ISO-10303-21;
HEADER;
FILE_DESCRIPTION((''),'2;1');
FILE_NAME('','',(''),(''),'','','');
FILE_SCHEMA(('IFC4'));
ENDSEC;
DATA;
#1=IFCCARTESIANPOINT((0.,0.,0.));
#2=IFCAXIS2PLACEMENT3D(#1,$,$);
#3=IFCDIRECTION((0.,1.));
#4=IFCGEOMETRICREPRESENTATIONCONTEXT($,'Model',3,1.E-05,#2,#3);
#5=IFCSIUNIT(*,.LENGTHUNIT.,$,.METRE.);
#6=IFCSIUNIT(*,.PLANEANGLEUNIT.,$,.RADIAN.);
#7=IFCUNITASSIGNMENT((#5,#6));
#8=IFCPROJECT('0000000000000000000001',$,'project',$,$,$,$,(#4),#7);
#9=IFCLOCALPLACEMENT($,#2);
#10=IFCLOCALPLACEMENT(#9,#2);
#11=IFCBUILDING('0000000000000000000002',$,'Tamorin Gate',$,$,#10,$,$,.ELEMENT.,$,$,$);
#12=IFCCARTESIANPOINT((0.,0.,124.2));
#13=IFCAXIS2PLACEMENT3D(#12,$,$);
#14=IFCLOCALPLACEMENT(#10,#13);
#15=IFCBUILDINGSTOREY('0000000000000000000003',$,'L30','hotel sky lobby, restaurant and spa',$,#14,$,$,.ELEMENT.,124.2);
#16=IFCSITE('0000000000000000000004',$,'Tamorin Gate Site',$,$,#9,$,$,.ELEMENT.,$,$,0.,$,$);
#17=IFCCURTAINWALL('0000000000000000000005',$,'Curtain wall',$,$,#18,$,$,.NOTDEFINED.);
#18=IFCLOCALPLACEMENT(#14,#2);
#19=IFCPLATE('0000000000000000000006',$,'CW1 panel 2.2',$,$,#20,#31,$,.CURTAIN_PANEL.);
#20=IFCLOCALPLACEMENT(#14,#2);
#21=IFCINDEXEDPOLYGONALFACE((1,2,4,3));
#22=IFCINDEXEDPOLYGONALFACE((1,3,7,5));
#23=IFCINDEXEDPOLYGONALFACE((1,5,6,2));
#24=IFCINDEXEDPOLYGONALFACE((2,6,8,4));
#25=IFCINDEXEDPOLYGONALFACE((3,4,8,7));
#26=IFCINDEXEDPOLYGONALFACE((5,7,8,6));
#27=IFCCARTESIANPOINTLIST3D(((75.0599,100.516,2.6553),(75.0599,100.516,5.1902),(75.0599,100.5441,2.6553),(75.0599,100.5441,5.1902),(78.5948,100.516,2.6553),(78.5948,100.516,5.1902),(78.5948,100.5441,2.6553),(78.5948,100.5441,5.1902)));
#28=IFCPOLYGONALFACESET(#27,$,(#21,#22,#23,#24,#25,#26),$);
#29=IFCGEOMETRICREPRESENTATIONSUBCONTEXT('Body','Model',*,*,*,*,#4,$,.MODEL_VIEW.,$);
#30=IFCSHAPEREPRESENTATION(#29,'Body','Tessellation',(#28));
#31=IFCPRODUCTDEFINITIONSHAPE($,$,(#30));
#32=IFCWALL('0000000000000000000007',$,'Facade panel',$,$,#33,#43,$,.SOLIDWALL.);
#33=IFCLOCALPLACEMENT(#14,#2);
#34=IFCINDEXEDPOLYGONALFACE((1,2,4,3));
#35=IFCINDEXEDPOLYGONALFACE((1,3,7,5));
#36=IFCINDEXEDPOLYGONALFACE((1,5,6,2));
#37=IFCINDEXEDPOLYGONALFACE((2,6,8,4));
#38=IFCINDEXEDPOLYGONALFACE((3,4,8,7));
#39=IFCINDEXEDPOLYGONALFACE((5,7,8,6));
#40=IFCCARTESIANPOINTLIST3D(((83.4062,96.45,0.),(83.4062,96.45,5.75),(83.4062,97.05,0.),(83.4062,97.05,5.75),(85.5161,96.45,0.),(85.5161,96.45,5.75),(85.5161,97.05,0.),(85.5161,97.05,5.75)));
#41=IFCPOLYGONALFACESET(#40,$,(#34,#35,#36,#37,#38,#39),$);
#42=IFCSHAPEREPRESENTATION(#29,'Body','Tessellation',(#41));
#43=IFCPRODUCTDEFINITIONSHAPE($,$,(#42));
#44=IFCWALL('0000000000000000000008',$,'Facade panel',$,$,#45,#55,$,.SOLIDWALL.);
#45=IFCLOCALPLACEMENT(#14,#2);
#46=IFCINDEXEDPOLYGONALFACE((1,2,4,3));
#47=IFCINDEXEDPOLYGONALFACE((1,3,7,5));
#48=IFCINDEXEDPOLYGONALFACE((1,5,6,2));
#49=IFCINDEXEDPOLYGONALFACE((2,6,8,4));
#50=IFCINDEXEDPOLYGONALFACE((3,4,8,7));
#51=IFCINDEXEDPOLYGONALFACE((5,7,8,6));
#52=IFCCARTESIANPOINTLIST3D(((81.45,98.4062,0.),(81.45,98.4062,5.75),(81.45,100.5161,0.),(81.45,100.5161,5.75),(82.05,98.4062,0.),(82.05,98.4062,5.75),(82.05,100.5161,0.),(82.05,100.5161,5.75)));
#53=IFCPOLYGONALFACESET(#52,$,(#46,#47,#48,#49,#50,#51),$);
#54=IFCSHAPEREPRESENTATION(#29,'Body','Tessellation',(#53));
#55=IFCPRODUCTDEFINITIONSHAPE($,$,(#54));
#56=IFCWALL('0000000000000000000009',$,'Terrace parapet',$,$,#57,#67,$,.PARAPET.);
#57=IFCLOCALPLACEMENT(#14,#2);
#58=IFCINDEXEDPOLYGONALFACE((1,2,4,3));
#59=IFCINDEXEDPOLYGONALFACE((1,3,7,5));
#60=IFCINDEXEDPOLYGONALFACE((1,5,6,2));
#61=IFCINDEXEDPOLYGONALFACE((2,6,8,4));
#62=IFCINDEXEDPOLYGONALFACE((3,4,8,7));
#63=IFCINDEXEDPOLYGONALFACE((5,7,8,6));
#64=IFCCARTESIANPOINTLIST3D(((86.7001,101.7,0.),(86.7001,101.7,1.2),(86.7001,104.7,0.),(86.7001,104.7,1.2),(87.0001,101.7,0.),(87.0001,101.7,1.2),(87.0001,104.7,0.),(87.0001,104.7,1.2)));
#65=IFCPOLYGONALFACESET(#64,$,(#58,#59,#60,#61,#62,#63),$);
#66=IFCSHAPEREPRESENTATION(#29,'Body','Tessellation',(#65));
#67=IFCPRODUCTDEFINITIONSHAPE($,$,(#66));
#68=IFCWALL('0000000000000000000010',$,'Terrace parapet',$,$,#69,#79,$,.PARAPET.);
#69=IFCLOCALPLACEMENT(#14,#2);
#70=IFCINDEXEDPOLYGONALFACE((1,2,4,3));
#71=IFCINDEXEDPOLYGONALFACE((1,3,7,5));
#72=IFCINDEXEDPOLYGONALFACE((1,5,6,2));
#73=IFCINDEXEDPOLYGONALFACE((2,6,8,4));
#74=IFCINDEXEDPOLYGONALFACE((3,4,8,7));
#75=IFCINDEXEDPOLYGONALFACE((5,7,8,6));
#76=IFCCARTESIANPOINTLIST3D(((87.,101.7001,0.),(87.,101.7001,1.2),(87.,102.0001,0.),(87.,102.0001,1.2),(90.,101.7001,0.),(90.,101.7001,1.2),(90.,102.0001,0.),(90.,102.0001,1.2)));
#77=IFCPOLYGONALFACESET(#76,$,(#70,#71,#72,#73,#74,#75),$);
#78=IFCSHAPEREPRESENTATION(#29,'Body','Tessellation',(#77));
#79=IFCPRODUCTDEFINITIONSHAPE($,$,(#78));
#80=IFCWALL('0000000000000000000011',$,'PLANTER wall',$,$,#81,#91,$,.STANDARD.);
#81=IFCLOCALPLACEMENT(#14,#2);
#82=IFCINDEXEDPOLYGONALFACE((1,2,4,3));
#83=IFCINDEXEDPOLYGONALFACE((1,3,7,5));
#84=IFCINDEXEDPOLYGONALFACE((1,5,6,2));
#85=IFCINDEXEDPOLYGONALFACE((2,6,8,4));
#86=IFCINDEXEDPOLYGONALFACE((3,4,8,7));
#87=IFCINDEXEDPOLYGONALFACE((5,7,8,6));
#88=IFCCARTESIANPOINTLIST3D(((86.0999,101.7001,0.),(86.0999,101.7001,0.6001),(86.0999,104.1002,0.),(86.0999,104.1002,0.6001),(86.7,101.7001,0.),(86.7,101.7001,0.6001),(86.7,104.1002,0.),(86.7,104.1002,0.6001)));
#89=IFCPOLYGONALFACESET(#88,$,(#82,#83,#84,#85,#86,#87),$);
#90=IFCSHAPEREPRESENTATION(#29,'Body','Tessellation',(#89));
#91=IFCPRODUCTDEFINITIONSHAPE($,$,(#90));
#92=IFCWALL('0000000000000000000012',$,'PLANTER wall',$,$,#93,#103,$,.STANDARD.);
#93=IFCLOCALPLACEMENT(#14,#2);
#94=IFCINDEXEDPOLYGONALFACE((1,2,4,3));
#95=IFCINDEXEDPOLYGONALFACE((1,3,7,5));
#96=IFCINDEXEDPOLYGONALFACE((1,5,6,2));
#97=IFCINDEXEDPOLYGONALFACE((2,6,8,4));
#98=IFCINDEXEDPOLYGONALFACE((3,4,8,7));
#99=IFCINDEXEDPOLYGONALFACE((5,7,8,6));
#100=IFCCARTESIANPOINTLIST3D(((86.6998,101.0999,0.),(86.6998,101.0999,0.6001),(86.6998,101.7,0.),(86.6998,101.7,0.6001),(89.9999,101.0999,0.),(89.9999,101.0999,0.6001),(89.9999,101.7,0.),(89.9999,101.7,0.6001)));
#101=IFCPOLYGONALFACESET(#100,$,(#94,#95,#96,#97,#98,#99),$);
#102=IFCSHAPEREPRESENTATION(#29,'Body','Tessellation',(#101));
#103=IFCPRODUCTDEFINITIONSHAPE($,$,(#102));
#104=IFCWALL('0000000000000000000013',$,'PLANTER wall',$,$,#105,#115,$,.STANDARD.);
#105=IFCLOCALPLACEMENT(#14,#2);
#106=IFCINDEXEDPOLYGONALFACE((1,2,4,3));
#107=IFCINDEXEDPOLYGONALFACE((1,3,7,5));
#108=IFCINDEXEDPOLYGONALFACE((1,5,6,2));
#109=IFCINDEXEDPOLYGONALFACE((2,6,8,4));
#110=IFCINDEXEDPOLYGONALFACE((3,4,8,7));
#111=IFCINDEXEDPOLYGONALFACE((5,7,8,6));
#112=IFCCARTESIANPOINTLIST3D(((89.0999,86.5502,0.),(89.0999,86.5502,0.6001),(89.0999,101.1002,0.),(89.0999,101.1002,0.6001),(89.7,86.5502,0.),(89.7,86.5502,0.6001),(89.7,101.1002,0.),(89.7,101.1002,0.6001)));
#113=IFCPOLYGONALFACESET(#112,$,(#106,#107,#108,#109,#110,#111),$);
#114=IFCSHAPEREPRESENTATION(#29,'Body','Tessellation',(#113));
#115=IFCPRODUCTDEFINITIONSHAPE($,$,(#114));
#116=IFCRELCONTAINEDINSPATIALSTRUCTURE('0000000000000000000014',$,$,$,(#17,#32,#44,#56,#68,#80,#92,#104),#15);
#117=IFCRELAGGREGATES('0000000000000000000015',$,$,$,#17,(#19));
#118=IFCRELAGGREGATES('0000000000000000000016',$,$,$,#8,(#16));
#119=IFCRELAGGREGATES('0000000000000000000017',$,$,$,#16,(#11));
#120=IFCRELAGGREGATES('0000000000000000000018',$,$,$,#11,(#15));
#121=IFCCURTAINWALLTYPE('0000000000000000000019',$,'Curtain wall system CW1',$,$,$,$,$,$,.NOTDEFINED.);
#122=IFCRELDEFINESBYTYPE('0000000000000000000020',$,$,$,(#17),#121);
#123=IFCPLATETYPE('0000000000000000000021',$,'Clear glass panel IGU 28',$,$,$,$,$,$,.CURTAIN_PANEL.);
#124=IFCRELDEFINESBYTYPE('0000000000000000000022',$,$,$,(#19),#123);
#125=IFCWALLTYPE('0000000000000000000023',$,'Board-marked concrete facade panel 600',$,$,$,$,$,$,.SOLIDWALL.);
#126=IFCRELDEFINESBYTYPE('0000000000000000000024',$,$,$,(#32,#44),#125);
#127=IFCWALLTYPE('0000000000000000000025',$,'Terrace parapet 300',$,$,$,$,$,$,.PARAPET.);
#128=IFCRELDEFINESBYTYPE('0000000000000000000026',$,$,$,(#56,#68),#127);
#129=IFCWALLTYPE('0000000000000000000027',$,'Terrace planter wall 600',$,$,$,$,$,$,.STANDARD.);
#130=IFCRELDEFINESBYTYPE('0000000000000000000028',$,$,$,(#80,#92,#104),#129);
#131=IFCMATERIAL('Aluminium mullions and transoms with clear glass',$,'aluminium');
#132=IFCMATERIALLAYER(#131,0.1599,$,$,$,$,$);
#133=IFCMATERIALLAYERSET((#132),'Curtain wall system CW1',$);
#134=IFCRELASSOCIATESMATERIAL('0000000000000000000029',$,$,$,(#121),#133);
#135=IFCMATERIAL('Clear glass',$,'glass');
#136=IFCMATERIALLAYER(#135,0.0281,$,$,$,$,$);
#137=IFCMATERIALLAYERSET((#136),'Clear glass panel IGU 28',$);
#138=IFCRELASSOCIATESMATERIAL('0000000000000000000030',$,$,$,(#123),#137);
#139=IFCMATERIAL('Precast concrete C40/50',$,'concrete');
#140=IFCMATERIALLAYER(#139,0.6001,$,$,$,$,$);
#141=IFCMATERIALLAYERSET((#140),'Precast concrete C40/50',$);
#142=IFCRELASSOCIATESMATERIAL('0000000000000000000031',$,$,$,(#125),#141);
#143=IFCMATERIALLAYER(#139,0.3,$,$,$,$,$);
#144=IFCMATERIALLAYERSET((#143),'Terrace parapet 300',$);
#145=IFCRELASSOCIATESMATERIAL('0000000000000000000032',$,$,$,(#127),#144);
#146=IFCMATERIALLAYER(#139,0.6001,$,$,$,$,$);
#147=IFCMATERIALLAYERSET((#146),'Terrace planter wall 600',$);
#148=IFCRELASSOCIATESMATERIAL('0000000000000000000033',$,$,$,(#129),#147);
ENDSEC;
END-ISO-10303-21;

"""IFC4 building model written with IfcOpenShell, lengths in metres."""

from ifc_helpers import new_model, si_unit, direction, frame, frame_2d, origin, origin_2d, place, context, subcontext, project, spatial, rectangle, extrude, material, layer, layer_set, type_object, element, aggregate, save


model = new_model("IFC4")

# Units and contexts
model_context = context("Model", 3, precision=1e-05, world=origin(), true_north=direction((0.0, 1.0)))
body_context = subcontext(model_context, "Body", "Model", "MODEL_VIEW")
ifc_project = project(units=[si_unit("LENGTHUNIT", "METRE"), si_unit("PLANEANGLEUNIT", "RADIAN")], contexts=[model_context])

# Site, building, storey
site_placement = place(None, origin())
site = spatial("IfcSite", under=ifc_project, at=site_placement, Name="Tamorin Gate Site", CompositionType="ELEMENT", RefElevation=0.0)
building_placement = place(site_placement, origin())
building = spatial("IfcBuilding", under=site, at=building_placement, Name="Tamorin Gate", CompositionType="ELEMENT")
storey_placement = place(building_placement, frame((0.0, 0.0, 124.2)))
storey = spatial("IfcBuildingStorey", under=building, at=storey_placement, Name="L30", Description="hotel sky lobby, restaurant and spa", CompositionType="ELEMENT", Elevation=124.2)

# Curtain wall
ifc_material_1 = material(Name="Aluminium mullions and transoms with clear glass", Category="aluminium")
ifc_layer_1 = layer(ifc_material_1, 0.1599)
ifc_layer_set_1 = layer_set([ifc_layer_1], Name="Curtain wall system CW1")
curtain_wall_type = type_object("IfcCurtainWallType", Name="Curtain wall system CW1", PredefinedType="NOTDEFINED", material=ifc_layer_set_1)
curtain_wall_1_placement = place(storey_placement, origin())
curtain_wall_1 = element("IfcCurtainWall", 1, at=curtain_wall_1_placement, inside=storey, type_object=curtain_wall_type, Name="Curtain wall", PredefinedType="NOTDEFINED")

# Plate
ifc_material_2 = material(Name="Clear glass", Category="glass")
ifc_layer_2 = layer(ifc_material_2, 0.0281)
ifc_layer_set_2 = layer_set([ifc_layer_2], Name="Clear glass panel IGU 28")
plate_type = type_object("IfcPlateType", Name="Clear glass panel IGU 28", PredefinedType="CURTAIN_PANEL", material=ifc_layer_set_2)
plate_1_placement = place(storey_placement, frame((76.8274, 100.53, 2.6553), z_axis=(0.0, 0.0, 1.0), x_axis=(-1.0, 0.0, 0.0)))
plate_1 = element("IfcPlate", 2, at=plate_1_placement, type_object=plate_type, Name="CW1 panel 2.2", PredefinedType="CURTAIN_PANEL", context=body_context, shape_type="SweptSolid", body=[
    extrude(rectangle(XDim=3.5349, YDim=0.0281, at=origin_2d()), origin(), (0.0, 0.0, 1.0), 2.5349),
])
aggregate(curtain_wall_1, [plate_1])

# Walls
ifc_material_3 = material(Name="Precast concrete C40/50", Category="concrete")
ifc_layer_3 = layer(ifc_material_3, 0.6001)
ifc_layer_set_3 = layer_set([ifc_layer_3], Name="Precast concrete C40/50")
wall_type_1 = type_object("IfcWallType", Name="Board-marked concrete facade panel 600", PredefinedType="SOLIDWALL", material=ifc_layer_set_3)
for number, where, z_axis, x_axis, name in (
    (3, (85.5161, 96.75, 0.0), (0.0, 0.0, 1.0), (-1.0, 0.0, 0.0), "Facade panel"),
    (4, (81.75, 98.4062, 0.0), (0.0, 0.0, 1.0), (0.0, 1.0, 0.0), "Facade panel"),
):
    element("IfcWall", number, at=place(storey_placement, frame(where, z_axis=z_axis, x_axis=x_axis)), inside=storey, type_object=wall_type_1, Name=name, PredefinedType="SOLIDWALL", context=body_context, shape_type="SweptSolid", body=[
        extrude(rectangle(XDim=2.1099, YDim=0.6001, at=frame_2d((1.0549, 0.0))), origin(), (0.0, 0.0, 1.0), 5.75),
    ])
ifc_layer_4 = layer(ifc_material_3, 0.3)
ifc_layer_set_4 = layer_set([ifc_layer_4], Name="Terrace parapet 300")
wall_type_2 = type_object("IfcWallType", Name="Terrace parapet 300", PredefinedType="PARAPET", material=ifc_layer_set_4)
for number, where, z_axis, x_axis, name in (
    (5, (86.8501, 101.7, 0.0), (0.0, 0.0, 1.0), (0.0, 1.0, 0.0), "Terrace parapet"),
    (6, (87.0, 101.8501, 0.0), (0.0, 0.0, 1.0), (1.0, 0.0, 0.0), "Terrace parapet"),
):
    element("IfcWall", number, at=place(storey_placement, frame(where, z_axis=z_axis, x_axis=x_axis)), inside=storey, type_object=wall_type_2, Name=name, PredefinedType="PARAPET", context=body_context, shape_type="SweptSolid", body=[
        extrude(rectangle(XDim=3.0, YDim=0.3, at=frame_2d((1.5, 0.0))), origin(), (0.0, 0.0, 1.0), 1.2),
    ])
ifc_layer_5 = layer(ifc_material_3, 0.6001)
ifc_layer_set_5 = layer_set([ifc_layer_5], Name="Terrace planter wall 600")
wall_type_3 = type_object("IfcWallType", Name="Terrace planter wall 600", PredefinedType="STANDARD", material=ifc_layer_set_5)
wall_1_placement = place(storey_placement, frame((86.3999, 101.7, 0.0), z_axis=(0.0, 0.0, 1.0), x_axis=(0.0, 1.0, 0.0)))
element("IfcWall", 7, at=wall_1_placement, inside=storey, type_object=wall_type_3, Name="PLANTER wall", PredefinedType="STANDARD", context=body_context, shape_type="SweptSolid", body=[
    extrude(rectangle(XDim=2.4001, YDim=0.6001, at=frame_2d((1.2002, 0.0))), origin(), (0.0, 0.0, 1.0), 0.6001),
])
wall_2_placement = place(storey_placement, frame((86.7, 101.3999, 0.0), z_axis=(0.0, 0.0, 1.0), x_axis=(1.0, 0.0, 0.0)))
element("IfcWall", 8, at=wall_2_placement, inside=storey, type_object=wall_type_3, Name="PLANTER wall", PredefinedType="STANDARD", context=body_context, shape_type="SweptSolid", body=[
    extrude(rectangle(XDim=3.3, YDim=0.6001, at=frame_2d((1.6499, 0.0))), origin(), (0.0, 0.0, 1.0), 0.6001),
])
wall_3_placement = place(storey_placement, frame((89.3999, 101.1001, 0.0), z_axis=(0.0, 0.0, 1.0), x_axis=(0.0, -1.0, 0.0)))
element("IfcWall", 9, at=wall_3_placement, inside=storey, type_object=wall_type_3, Name="PLANTER wall", PredefinedType="STANDARD", context=body_context, shape_type="SweptSolid", body=[
    extrude(rectangle(XDim=14.55, YDim=0.6001, at=frame_2d((7.2749, 0.0))), origin(), (0.0, 0.0, 1.0), 0.6001),
])

save(model, "model.ifc")
